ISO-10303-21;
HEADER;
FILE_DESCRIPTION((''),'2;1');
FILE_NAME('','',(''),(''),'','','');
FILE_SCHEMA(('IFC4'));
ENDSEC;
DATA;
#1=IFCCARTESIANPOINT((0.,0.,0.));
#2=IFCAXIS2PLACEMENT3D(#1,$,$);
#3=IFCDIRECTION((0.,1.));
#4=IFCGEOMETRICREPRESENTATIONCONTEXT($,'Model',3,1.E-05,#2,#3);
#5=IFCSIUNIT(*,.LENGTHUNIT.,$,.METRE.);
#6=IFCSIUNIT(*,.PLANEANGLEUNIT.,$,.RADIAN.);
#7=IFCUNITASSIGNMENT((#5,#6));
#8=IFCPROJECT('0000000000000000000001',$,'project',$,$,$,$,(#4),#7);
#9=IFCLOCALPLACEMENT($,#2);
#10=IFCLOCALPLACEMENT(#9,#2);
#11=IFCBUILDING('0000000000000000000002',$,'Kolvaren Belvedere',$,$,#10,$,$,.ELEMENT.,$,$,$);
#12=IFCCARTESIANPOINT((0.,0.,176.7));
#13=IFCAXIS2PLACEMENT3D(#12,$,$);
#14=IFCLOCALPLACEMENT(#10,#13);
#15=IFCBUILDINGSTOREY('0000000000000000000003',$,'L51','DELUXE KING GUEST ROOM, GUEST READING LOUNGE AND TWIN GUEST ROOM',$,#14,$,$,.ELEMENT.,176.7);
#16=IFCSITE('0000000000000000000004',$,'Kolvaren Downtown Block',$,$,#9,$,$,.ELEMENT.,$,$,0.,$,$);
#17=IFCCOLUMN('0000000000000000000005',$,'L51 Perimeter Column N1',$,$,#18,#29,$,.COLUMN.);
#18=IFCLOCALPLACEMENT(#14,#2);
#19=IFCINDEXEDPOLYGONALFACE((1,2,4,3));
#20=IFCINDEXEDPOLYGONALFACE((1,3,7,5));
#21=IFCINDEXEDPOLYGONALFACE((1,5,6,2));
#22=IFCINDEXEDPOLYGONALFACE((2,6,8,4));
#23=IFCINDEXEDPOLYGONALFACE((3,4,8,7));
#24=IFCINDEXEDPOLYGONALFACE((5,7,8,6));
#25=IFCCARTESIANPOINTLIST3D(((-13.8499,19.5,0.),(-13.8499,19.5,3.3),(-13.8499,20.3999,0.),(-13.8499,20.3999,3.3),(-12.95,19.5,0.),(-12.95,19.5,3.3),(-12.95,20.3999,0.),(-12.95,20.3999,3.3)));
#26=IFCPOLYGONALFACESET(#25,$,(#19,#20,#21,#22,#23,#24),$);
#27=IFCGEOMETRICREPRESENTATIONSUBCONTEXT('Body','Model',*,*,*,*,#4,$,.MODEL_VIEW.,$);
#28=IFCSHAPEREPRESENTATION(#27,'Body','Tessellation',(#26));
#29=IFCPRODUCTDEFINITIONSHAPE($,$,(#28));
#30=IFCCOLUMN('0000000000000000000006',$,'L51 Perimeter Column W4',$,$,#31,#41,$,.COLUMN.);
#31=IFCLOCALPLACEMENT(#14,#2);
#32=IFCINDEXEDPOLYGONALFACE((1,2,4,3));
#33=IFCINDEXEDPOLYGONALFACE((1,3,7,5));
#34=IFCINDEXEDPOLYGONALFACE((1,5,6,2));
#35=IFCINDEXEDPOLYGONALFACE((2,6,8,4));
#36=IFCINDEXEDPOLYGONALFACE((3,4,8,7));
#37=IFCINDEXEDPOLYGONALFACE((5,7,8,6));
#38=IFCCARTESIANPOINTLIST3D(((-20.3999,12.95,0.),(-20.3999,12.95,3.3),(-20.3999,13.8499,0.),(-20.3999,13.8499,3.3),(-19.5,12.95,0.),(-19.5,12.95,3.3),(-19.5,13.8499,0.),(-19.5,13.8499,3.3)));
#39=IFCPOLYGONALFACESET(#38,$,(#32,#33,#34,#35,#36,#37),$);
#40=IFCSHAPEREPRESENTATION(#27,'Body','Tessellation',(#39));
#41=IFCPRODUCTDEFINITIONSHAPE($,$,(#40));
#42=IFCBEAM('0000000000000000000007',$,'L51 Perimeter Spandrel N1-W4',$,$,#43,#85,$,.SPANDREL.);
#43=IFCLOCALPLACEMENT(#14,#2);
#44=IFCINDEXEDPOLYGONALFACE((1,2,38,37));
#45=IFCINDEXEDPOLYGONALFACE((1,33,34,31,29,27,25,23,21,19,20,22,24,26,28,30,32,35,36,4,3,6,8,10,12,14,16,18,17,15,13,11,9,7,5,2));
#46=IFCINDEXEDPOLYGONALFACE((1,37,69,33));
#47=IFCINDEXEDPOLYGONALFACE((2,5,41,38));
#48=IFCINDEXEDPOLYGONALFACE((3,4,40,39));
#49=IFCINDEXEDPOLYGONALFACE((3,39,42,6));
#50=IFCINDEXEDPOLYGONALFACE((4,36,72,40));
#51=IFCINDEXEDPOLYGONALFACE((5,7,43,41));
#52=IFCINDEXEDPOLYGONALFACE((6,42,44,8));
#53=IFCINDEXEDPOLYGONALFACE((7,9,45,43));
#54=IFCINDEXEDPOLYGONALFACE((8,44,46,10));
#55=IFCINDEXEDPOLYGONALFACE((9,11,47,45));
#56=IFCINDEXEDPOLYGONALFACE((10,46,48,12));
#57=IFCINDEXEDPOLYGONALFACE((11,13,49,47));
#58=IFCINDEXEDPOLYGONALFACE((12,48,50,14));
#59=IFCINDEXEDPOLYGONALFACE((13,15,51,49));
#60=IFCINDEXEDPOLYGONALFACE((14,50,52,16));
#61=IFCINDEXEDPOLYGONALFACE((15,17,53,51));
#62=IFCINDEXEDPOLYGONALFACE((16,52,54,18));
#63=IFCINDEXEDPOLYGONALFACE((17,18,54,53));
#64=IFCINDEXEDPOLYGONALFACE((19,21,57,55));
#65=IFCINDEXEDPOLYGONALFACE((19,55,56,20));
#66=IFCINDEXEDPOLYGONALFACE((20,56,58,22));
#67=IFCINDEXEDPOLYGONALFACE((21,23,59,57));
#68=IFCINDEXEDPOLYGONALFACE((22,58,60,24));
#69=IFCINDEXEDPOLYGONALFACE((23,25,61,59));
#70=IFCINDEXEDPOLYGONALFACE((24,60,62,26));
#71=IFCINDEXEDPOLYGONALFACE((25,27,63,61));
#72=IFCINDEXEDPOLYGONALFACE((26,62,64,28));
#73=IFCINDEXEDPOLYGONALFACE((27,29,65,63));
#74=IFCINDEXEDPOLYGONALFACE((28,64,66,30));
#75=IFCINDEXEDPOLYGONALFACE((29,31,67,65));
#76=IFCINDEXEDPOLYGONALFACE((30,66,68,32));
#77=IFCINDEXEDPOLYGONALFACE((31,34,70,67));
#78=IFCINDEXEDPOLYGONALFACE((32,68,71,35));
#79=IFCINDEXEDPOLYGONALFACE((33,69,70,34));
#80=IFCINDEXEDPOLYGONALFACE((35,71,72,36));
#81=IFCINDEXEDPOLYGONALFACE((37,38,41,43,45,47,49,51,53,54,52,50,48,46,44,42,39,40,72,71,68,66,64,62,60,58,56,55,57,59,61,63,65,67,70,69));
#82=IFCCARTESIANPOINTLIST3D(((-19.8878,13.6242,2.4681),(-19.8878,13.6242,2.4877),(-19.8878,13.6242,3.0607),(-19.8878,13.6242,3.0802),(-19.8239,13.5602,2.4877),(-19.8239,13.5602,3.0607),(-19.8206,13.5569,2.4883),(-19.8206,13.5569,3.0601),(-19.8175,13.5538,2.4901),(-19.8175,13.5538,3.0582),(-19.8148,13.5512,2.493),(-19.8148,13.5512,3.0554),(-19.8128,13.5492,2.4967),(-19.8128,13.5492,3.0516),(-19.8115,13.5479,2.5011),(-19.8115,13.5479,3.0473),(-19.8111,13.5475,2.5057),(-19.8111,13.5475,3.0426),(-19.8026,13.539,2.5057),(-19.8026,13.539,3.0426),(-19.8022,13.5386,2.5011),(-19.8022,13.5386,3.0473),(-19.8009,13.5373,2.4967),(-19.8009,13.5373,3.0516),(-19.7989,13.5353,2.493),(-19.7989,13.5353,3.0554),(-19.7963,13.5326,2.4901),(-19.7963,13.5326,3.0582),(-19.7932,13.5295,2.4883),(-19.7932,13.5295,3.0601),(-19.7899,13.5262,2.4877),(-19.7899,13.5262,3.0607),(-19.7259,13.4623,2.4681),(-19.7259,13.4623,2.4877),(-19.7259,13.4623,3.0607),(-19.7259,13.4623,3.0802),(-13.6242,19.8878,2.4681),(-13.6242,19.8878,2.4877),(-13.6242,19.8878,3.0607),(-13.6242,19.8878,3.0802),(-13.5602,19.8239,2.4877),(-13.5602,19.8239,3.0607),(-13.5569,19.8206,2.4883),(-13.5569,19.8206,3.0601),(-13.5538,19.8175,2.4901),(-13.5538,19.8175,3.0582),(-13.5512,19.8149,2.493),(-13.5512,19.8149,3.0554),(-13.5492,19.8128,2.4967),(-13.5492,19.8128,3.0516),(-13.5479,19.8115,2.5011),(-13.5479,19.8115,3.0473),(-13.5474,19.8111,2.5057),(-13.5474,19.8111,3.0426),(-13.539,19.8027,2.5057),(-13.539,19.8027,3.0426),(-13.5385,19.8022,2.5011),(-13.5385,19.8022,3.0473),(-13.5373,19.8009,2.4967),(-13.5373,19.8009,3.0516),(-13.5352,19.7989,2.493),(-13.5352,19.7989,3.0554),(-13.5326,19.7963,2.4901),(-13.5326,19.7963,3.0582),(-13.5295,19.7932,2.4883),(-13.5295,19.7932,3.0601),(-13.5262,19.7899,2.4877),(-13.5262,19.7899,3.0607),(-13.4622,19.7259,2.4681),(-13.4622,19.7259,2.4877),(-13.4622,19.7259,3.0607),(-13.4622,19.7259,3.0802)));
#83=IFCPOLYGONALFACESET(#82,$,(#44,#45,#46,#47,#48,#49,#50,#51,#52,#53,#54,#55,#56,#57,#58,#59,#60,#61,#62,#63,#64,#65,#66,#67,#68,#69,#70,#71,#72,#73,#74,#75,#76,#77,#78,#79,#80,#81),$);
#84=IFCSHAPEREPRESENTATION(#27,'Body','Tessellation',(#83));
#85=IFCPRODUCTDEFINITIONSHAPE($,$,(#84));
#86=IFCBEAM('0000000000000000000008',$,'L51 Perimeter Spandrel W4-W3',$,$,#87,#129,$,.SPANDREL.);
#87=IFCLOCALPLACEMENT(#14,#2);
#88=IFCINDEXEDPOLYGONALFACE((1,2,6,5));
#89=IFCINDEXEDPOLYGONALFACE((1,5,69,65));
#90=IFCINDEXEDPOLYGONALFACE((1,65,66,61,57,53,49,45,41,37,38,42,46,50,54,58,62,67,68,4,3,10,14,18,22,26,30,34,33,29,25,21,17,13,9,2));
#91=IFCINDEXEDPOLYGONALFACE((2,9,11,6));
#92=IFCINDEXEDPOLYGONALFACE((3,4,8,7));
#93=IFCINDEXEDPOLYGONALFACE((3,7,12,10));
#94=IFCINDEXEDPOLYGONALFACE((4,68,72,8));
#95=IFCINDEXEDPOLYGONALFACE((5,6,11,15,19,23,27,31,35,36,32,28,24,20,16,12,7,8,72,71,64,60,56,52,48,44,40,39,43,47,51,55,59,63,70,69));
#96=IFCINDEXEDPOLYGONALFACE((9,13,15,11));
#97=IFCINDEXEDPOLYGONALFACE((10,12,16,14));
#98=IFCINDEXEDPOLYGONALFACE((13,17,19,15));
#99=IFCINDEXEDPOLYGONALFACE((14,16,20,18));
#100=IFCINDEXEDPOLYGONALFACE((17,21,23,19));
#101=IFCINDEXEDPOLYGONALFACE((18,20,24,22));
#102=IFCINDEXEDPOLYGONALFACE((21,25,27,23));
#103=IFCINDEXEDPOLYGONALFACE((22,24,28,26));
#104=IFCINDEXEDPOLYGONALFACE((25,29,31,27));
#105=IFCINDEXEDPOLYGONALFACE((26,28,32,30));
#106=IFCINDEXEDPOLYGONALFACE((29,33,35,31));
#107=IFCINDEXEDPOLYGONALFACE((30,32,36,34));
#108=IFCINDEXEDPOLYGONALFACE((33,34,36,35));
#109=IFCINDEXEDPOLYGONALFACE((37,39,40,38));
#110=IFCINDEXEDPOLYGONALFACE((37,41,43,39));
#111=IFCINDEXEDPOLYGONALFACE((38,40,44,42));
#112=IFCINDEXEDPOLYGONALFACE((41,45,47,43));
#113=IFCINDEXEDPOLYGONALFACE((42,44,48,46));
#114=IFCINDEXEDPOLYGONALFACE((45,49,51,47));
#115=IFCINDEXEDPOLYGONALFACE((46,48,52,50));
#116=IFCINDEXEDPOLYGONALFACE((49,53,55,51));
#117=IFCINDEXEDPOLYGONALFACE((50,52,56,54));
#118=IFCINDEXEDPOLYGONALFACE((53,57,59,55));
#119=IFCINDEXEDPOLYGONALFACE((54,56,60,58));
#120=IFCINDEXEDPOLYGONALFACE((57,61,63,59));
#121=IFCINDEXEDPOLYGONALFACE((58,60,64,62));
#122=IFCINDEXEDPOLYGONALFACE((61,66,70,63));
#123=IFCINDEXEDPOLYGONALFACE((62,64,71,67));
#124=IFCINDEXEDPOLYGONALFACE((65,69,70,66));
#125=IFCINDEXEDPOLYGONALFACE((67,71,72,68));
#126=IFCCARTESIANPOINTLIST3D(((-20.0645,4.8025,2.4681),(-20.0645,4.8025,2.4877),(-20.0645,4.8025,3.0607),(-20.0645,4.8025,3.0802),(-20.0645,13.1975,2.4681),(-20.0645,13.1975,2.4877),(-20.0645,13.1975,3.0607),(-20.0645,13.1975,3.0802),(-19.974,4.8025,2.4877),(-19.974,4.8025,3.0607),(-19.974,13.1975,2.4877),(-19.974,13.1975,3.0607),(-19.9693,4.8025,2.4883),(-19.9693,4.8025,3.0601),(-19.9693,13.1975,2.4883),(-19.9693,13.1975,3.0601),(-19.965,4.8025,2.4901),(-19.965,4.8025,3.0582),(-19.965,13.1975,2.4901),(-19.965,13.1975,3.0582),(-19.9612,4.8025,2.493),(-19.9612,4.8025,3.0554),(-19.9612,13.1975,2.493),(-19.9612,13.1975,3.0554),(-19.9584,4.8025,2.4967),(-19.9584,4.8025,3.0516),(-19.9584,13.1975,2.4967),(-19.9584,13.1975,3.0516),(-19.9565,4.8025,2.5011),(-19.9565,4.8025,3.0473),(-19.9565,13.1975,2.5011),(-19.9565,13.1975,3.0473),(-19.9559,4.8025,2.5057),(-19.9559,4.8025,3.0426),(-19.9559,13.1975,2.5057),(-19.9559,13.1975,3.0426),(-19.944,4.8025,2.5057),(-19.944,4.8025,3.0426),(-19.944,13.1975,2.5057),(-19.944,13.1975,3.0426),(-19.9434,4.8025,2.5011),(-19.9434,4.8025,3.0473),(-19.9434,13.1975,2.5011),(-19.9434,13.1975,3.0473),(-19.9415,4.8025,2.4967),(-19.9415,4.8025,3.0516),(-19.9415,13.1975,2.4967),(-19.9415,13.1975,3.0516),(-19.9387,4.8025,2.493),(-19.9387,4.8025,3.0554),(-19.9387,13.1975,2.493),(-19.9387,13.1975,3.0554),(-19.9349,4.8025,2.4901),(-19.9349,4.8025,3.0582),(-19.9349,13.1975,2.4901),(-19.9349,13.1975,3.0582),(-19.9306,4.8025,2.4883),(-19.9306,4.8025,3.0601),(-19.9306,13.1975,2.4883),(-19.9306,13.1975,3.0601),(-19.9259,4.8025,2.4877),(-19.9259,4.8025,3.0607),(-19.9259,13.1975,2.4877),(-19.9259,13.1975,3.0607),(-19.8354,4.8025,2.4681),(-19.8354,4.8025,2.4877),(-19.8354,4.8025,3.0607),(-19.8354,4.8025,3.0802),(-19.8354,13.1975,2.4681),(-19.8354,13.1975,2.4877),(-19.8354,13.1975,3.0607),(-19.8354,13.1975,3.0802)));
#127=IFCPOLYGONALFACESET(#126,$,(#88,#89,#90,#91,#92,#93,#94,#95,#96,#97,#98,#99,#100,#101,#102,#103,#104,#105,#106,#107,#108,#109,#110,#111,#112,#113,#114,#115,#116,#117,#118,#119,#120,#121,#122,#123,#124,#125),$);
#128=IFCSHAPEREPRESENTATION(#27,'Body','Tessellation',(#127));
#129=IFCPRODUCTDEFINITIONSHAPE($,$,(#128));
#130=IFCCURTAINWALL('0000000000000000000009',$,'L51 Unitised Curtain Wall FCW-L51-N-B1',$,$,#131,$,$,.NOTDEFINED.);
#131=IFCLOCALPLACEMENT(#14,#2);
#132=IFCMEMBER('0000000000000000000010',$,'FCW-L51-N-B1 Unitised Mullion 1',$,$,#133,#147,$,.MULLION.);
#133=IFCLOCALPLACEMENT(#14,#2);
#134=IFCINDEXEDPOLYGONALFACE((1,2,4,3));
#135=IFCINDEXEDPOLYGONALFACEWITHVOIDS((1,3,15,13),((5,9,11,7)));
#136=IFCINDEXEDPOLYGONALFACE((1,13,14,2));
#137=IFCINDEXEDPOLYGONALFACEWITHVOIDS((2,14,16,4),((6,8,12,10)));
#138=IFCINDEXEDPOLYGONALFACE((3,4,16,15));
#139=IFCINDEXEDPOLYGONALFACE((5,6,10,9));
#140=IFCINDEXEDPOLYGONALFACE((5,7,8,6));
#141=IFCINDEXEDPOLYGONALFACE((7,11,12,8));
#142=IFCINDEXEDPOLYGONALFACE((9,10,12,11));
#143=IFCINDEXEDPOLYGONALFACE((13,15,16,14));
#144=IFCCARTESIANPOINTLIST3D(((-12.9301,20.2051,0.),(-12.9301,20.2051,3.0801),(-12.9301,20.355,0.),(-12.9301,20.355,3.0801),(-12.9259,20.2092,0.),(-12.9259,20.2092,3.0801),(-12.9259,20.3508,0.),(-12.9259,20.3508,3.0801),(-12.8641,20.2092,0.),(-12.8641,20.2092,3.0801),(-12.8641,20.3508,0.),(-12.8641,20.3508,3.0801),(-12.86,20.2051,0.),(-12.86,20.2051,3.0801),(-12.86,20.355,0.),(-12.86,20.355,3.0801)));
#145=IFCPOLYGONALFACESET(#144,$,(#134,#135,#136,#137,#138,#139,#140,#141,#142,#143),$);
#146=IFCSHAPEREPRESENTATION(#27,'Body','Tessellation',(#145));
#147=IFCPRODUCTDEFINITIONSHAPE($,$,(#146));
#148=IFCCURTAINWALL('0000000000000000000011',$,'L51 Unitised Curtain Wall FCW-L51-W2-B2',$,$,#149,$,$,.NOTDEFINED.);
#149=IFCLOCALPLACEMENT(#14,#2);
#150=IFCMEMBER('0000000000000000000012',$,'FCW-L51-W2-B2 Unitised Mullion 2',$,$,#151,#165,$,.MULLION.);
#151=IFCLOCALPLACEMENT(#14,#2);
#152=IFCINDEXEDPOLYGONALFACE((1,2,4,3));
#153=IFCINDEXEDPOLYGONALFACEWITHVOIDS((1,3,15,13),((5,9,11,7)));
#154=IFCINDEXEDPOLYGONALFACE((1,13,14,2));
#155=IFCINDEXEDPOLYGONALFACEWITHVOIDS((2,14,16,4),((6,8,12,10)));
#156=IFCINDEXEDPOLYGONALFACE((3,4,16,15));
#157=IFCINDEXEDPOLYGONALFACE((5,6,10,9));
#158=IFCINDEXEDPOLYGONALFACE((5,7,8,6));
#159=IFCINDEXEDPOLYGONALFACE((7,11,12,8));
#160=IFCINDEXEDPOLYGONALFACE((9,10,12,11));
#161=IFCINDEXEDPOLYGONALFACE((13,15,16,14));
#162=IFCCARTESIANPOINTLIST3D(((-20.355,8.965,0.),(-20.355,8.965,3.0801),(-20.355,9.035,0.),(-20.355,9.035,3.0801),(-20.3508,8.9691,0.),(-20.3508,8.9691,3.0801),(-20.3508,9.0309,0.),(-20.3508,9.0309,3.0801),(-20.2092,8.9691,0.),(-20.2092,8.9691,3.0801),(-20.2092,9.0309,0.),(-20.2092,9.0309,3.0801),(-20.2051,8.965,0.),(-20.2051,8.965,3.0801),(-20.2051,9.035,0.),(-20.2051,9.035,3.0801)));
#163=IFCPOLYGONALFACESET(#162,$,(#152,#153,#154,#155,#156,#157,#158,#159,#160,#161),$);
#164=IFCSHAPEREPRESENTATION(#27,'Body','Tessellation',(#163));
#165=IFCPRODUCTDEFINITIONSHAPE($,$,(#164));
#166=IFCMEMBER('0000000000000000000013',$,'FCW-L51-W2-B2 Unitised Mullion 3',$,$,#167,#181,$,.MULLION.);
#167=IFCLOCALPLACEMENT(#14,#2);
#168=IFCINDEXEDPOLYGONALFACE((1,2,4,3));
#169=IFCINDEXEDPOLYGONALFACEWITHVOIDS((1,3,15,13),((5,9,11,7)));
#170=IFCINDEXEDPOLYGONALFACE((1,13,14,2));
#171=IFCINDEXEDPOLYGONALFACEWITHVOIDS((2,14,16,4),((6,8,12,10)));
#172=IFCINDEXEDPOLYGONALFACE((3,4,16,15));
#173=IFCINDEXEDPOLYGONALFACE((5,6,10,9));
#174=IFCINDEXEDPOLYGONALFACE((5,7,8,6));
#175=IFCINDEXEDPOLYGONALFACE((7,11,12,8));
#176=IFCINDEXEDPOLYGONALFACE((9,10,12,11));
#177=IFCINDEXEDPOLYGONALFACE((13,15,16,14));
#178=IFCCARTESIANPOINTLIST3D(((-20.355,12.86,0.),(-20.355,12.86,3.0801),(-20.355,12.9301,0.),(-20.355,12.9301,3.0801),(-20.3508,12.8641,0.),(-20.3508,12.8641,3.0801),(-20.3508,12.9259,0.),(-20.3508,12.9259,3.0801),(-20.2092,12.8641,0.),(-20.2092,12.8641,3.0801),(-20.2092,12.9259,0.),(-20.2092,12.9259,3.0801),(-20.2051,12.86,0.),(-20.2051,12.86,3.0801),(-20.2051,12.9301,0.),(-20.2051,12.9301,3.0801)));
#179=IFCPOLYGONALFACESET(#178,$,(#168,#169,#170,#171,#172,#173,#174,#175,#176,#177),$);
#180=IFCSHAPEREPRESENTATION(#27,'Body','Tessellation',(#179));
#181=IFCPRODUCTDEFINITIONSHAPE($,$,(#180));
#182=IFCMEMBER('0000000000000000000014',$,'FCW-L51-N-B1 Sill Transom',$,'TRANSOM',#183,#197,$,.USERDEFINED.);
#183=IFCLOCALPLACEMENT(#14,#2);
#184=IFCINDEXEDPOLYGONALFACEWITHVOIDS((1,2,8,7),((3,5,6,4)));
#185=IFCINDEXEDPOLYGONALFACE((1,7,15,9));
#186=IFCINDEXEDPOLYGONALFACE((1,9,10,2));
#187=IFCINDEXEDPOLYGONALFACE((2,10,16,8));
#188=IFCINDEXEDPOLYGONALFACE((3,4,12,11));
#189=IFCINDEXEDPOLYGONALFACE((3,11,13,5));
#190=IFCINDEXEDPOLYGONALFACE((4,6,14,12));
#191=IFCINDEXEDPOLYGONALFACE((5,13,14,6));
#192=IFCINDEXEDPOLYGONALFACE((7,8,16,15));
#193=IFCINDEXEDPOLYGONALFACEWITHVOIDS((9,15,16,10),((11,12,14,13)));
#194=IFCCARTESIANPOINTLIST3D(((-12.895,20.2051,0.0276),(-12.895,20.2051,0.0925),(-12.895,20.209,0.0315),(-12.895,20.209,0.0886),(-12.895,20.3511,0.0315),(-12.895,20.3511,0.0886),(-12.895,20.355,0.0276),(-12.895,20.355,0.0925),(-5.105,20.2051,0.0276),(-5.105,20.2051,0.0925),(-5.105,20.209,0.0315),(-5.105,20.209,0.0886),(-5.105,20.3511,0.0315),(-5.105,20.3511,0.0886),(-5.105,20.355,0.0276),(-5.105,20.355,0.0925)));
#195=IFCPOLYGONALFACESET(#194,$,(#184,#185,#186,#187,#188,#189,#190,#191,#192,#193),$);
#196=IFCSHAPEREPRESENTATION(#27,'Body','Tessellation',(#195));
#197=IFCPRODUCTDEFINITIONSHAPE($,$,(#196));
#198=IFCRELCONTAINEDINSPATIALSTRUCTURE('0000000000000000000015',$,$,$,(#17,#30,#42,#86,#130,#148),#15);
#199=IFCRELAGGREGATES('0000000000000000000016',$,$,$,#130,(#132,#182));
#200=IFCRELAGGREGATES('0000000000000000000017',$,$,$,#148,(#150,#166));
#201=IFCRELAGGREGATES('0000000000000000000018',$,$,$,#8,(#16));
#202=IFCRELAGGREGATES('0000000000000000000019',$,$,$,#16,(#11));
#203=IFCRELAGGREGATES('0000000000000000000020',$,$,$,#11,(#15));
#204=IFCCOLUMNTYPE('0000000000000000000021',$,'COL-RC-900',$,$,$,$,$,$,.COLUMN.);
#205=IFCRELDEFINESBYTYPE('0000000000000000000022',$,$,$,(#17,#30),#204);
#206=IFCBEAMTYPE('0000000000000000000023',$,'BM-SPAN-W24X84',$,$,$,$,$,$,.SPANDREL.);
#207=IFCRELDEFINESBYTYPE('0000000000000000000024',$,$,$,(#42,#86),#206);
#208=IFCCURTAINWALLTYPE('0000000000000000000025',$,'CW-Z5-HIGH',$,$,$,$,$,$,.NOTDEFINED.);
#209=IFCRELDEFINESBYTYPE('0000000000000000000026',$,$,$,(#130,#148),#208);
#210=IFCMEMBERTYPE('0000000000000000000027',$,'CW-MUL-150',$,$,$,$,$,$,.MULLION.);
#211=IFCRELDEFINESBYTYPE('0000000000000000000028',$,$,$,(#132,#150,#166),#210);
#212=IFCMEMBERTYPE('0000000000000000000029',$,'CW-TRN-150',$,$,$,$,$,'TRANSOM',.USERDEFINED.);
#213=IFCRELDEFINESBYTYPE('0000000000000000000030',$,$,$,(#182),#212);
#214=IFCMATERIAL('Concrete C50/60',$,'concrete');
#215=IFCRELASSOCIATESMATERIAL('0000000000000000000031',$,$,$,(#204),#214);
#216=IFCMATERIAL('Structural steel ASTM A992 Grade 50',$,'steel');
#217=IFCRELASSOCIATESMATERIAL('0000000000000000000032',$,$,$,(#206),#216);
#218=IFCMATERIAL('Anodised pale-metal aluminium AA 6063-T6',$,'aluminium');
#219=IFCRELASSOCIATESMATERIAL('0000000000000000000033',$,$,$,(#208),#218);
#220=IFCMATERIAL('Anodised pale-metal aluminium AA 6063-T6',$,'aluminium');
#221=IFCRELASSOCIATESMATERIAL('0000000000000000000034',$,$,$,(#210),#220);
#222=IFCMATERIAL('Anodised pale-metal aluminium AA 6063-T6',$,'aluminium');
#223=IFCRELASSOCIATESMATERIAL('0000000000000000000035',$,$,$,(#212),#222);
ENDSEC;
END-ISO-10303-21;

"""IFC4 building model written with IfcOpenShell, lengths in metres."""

from ifc_helpers import new_model, si_unit, direction, frame, origin, origin_2d, place, context, subcontext, project, spatial, rectangle, hollow_rectangle, i_section, extrude, material, material_profile, profile_set, type_object, element, aggregate, save


model = new_model("IFC4")

# Units and contexts
model_context = context("Model", 3, precision=1e-05, world=origin(), true_north=direction((0.0, 1.0)))
body_context = subcontext(model_context, "Body", "Model", "MODEL_VIEW")
ifc_project = project(units=[si_unit("LENGTHUNIT", "METRE"), si_unit("PLANEANGLEUNIT", "RADIAN")], contexts=[model_context])

# Site, building, storey
site_placement = place(None, origin())
site = spatial("IfcSite", under=ifc_project, at=site_placement, Name="Kolvaren Downtown Block", CompositionType="ELEMENT", RefElevation=0.0)
building_placement = place(site_placement, origin())
building = spatial("IfcBuilding", under=site, at=building_placement, Name="Kolvaren Belvedere", CompositionType="ELEMENT")
storey_placement = place(building_placement, frame((0.0, 0.0, 176.7)))
storey = spatial("IfcBuildingStorey", under=building, at=storey_placement, Name="L51", Description="DELUXE KING GUEST ROOM, GUEST READING LOUNGE AND TWIN GUEST ROOM", CompositionType="ELEMENT", Elevation=176.7)

# Columns
ifc_material_1 = material(Name="Concrete C50/60", Category="concrete")
ifc_material_profile_1 = material_profile(ifc_material_1, rectangle(XDim=0.8999, YDim=0.8999, at=origin_2d()), Name="RC 900X900")
ifc_profile_set_1 = profile_set([ifc_material_profile_1], Name="Concrete C50/60")
column_type = type_object("IfcColumnType", Name="COL-RC-900", PredefinedType="COLUMN", material=ifc_profile_set_1)
for number, where, z_axis, x_axis, name in (
    (1, (-13.3999, 19.95, 0.0), (0.0, 0.0, 1.0), (1.0, 0.0, 0.0), "L51 Perimeter Column N1"),
    (2, (-19.95, 13.3999, 0.0), (0.0, 0.0, 1.0), (1.0, 0.0, 0.0), "L51 Perimeter Column W4"),
):
    element("IfcColumn", number, at=place(storey_placement, frame(where, z_axis=z_axis, x_axis=x_axis)), inside=storey, type_object=column_type, Name=name, PredefinedType="COLUMN", context=body_context, shape_type="SweptSolid", body=[
        extrude(rectangle(XDim=0.8999, YDim=0.8999, at=origin_2d()), origin(), (0.0, 0.0, 1.0), 3.3),
    ])

# Beams
ifc_material_2 = material(Name="Structural steel ASTM A992 Grade 50", Category="steel")
ifc_material_profile_2 = material_profile(ifc_material_2, i_section(OverallWidth=0.229, OverallDepth=0.6121, WebThickness=0.012, FlangeThickness=0.0195, FilletRadius=0.0181, at=origin_2d()), Name="W24X84")
ifc_profile_set_2 = profile_set([ifc_material_profile_2], Name="Structural steel ASTM A992 Grade 50")
beam_type = type_object("IfcBeamType", Name="BM-SPAN-W24X84", PredefinedType="SPANDREL", material=ifc_profile_set_2)
beam_1_placement = place(storey_placement, frame((-13.5432, 19.8069, 2.7742), z_axis=(-0.707107, -0.707107, 0.0), x_axis=(0.707107, -0.707107, 0.0)))
element("IfcBeam", 3, at=beam_1_placement, inside=storey, type_object=beam_type, Name="L51 Perimeter Spandrel N1-W4", PredefinedType="SPANDREL", context=body_context, shape_type="SweptSolid", body=[
    extrude(i_section(OverallWidth=0.229, OverallDepth=0.6121, WebThickness=0.012, FlangeThickness=0.0195, FilletRadius=0.0181, at=origin_2d()), origin(), (0.0, 0.0, 1.0), 8.8582),
])
beam_2_placement = place(storey_placement, frame((-19.95, 13.1975, 2.7742), z_axis=(0.0, -1.0, 0.0), x_axis=(1.0, 0.0, 0.0)))
element("IfcBeam", 4, at=beam_2_placement, inside=storey, type_object=beam_type, Name="L51 Perimeter Spandrel W4-W3", PredefinedType="SPANDREL", context=body_context, shape_type="SweptSolid", body=[
    extrude(i_section(OverallWidth=0.229, OverallDepth=0.6121, WebThickness=0.012, FlangeThickness=0.0195, FilletRadius=0.0181, at=origin_2d()), origin(), (0.0, 0.0, 1.0), 8.395),
])

# Curtain wall, member
ifc_material_3 = material(Name="Anodised pale-metal aluminium AA 6063-T6", Category="aluminium")
curtain_wall_type = type_object("IfcCurtainWallType", Name="CW-Z5-HIGH", PredefinedType="NOTDEFINED", material=ifc_material_3)
curtain_wall_1_placement = place(storey_placement, origin())
curtain_wall_1 = element("IfcCurtainWall", 5, at=curtain_wall_1_placement, inside=storey, type_object=curtain_wall_type, Name="L51 Unitised Curtain Wall FCW-L51-N-B1", PredefinedType="NOTDEFINED")
ifc_material_4 = material(Name="Anodised pale-metal aluminium AA 6063-T6", Category="aluminium")
ifc_material_profile_3 = material_profile(ifc_material_4, hollow_rectangle(XDim=0.0701, YDim=0.1499, WallThickness=0.0042, at=origin_2d()), Name="ALU-MUL-150X70")
ifc_profile_set_3 = profile_set([ifc_material_profile_3], Name="Anodised pale-metal aluminium AA 6063-T6")
member_type_1 = type_object("IfcMemberType", Name="CW-MUL-150", PredefinedType="MULLION", material=ifc_profile_set_3)
member_1_placement = place(storey_placement, frame((-12.895, 20.28, 0.0), z_axis=(0.0, 0.0, 1.0), x_axis=(1.0, 0.0, 0.0)))
member_1 = element("IfcMember", 6, at=member_1_placement, type_object=member_type_1, Name="FCW-L51-N-B1 Unitised Mullion 1", PredefinedType="MULLION", context=body_context, shape_type="SweptSolid", body=[
    extrude(hollow_rectangle(XDim=0.0701, YDim=0.1499, WallThickness=0.0042, at=origin_2d()), origin(), (0.0, 0.0, 1.0), 3.0801),
])

# Curtain wall, members
curtain_wall_2_placement = place(storey_placement, origin())
curtain_wall_2 = element("IfcCurtainWall", 7, at=curtain_wall_2_placement, inside=storey, type_object=curtain_wall_type, Name="L51 Unitised Curtain Wall FCW-L51-W2-B2", PredefinedType="NOTDEFINED")
member_2_placement = place(storey_placement, frame((-20.28, 9.0, 0.0), z_axis=(0.0, 0.0, 1.0), x_axis=(0.0, 1.0, 0.0)))
member_2 = element("IfcMember", 8, at=member_2_placement, type_object=member_type_1, Name="FCW-L51-W2-B2 Unitised Mullion 2", PredefinedType="MULLION", context=body_context, shape_type="SweptSolid", body=[
    extrude(hollow_rectangle(XDim=0.0701, YDim=0.1499, WallThickness=0.0042, at=origin_2d()), origin(), (0.0, 0.0, 1.0), 3.0801),
])
member_3_placement = place(storey_placement, frame((-20.28, 12.895, 0.0), z_axis=(0.0, 0.0, 1.0), x_axis=(0.0, 1.0, 0.0)))
member_3 = element("IfcMember", 9, at=member_3_placement, type_object=member_type_1, Name="FCW-L51-W2-B2 Unitised Mullion 3", PredefinedType="MULLION", context=body_context, shape_type="SweptSolid", body=[
    extrude(hollow_rectangle(XDim=0.0701, YDim=0.1499, WallThickness=0.0042, at=origin_2d()), origin(), (0.0, 0.0, 1.0), 3.0801),
])

# Member
ifc_material_5 = material(Name="Anodised pale-metal aluminium AA 6063-T6", Category="aluminium")
ifc_material_profile_4 = material_profile(ifc_material_5, hollow_rectangle(XDim=0.0649, YDim=0.1499, WallThickness=0.0039, at=origin_2d()), Name="ALU-TRN-150X65")
ifc_profile_set_4 = profile_set([ifc_material_profile_4], Name="Anodised pale-metal aluminium AA 6063-T6")
member_type_2 = type_object("IfcMemberType", Name="CW-TRN-150", ElementType="TRANSOM", PredefinedType="USERDEFINED", material=ifc_profile_set_4)
member_4_placement = place(storey_placement, frame((-12.895, 20.28, 0.0601), z_axis=(1.0, 0.0, 0.0), x_axis=(0.0, 0.0, 1.0)))
member_4 = element("IfcMember", 10, at=member_4_placement, type_object=member_type_2, Name="FCW-L51-N-B1 Sill Transom", ObjectType="TRANSOM", PredefinedType="USERDEFINED", context=body_context, shape_type="SweptSolid", body=[
    extrude(hollow_rectangle(XDim=0.0649, YDim=0.1499, WallThickness=0.0039, at=origin_2d()), origin(), (0.0, 0.0, 1.0), 7.79),
])
aggregate(curtain_wall_1, [member_1, member_4])

aggregate(curtain_wall_2, [member_2, member_3])

save(model, "model.ifc")
